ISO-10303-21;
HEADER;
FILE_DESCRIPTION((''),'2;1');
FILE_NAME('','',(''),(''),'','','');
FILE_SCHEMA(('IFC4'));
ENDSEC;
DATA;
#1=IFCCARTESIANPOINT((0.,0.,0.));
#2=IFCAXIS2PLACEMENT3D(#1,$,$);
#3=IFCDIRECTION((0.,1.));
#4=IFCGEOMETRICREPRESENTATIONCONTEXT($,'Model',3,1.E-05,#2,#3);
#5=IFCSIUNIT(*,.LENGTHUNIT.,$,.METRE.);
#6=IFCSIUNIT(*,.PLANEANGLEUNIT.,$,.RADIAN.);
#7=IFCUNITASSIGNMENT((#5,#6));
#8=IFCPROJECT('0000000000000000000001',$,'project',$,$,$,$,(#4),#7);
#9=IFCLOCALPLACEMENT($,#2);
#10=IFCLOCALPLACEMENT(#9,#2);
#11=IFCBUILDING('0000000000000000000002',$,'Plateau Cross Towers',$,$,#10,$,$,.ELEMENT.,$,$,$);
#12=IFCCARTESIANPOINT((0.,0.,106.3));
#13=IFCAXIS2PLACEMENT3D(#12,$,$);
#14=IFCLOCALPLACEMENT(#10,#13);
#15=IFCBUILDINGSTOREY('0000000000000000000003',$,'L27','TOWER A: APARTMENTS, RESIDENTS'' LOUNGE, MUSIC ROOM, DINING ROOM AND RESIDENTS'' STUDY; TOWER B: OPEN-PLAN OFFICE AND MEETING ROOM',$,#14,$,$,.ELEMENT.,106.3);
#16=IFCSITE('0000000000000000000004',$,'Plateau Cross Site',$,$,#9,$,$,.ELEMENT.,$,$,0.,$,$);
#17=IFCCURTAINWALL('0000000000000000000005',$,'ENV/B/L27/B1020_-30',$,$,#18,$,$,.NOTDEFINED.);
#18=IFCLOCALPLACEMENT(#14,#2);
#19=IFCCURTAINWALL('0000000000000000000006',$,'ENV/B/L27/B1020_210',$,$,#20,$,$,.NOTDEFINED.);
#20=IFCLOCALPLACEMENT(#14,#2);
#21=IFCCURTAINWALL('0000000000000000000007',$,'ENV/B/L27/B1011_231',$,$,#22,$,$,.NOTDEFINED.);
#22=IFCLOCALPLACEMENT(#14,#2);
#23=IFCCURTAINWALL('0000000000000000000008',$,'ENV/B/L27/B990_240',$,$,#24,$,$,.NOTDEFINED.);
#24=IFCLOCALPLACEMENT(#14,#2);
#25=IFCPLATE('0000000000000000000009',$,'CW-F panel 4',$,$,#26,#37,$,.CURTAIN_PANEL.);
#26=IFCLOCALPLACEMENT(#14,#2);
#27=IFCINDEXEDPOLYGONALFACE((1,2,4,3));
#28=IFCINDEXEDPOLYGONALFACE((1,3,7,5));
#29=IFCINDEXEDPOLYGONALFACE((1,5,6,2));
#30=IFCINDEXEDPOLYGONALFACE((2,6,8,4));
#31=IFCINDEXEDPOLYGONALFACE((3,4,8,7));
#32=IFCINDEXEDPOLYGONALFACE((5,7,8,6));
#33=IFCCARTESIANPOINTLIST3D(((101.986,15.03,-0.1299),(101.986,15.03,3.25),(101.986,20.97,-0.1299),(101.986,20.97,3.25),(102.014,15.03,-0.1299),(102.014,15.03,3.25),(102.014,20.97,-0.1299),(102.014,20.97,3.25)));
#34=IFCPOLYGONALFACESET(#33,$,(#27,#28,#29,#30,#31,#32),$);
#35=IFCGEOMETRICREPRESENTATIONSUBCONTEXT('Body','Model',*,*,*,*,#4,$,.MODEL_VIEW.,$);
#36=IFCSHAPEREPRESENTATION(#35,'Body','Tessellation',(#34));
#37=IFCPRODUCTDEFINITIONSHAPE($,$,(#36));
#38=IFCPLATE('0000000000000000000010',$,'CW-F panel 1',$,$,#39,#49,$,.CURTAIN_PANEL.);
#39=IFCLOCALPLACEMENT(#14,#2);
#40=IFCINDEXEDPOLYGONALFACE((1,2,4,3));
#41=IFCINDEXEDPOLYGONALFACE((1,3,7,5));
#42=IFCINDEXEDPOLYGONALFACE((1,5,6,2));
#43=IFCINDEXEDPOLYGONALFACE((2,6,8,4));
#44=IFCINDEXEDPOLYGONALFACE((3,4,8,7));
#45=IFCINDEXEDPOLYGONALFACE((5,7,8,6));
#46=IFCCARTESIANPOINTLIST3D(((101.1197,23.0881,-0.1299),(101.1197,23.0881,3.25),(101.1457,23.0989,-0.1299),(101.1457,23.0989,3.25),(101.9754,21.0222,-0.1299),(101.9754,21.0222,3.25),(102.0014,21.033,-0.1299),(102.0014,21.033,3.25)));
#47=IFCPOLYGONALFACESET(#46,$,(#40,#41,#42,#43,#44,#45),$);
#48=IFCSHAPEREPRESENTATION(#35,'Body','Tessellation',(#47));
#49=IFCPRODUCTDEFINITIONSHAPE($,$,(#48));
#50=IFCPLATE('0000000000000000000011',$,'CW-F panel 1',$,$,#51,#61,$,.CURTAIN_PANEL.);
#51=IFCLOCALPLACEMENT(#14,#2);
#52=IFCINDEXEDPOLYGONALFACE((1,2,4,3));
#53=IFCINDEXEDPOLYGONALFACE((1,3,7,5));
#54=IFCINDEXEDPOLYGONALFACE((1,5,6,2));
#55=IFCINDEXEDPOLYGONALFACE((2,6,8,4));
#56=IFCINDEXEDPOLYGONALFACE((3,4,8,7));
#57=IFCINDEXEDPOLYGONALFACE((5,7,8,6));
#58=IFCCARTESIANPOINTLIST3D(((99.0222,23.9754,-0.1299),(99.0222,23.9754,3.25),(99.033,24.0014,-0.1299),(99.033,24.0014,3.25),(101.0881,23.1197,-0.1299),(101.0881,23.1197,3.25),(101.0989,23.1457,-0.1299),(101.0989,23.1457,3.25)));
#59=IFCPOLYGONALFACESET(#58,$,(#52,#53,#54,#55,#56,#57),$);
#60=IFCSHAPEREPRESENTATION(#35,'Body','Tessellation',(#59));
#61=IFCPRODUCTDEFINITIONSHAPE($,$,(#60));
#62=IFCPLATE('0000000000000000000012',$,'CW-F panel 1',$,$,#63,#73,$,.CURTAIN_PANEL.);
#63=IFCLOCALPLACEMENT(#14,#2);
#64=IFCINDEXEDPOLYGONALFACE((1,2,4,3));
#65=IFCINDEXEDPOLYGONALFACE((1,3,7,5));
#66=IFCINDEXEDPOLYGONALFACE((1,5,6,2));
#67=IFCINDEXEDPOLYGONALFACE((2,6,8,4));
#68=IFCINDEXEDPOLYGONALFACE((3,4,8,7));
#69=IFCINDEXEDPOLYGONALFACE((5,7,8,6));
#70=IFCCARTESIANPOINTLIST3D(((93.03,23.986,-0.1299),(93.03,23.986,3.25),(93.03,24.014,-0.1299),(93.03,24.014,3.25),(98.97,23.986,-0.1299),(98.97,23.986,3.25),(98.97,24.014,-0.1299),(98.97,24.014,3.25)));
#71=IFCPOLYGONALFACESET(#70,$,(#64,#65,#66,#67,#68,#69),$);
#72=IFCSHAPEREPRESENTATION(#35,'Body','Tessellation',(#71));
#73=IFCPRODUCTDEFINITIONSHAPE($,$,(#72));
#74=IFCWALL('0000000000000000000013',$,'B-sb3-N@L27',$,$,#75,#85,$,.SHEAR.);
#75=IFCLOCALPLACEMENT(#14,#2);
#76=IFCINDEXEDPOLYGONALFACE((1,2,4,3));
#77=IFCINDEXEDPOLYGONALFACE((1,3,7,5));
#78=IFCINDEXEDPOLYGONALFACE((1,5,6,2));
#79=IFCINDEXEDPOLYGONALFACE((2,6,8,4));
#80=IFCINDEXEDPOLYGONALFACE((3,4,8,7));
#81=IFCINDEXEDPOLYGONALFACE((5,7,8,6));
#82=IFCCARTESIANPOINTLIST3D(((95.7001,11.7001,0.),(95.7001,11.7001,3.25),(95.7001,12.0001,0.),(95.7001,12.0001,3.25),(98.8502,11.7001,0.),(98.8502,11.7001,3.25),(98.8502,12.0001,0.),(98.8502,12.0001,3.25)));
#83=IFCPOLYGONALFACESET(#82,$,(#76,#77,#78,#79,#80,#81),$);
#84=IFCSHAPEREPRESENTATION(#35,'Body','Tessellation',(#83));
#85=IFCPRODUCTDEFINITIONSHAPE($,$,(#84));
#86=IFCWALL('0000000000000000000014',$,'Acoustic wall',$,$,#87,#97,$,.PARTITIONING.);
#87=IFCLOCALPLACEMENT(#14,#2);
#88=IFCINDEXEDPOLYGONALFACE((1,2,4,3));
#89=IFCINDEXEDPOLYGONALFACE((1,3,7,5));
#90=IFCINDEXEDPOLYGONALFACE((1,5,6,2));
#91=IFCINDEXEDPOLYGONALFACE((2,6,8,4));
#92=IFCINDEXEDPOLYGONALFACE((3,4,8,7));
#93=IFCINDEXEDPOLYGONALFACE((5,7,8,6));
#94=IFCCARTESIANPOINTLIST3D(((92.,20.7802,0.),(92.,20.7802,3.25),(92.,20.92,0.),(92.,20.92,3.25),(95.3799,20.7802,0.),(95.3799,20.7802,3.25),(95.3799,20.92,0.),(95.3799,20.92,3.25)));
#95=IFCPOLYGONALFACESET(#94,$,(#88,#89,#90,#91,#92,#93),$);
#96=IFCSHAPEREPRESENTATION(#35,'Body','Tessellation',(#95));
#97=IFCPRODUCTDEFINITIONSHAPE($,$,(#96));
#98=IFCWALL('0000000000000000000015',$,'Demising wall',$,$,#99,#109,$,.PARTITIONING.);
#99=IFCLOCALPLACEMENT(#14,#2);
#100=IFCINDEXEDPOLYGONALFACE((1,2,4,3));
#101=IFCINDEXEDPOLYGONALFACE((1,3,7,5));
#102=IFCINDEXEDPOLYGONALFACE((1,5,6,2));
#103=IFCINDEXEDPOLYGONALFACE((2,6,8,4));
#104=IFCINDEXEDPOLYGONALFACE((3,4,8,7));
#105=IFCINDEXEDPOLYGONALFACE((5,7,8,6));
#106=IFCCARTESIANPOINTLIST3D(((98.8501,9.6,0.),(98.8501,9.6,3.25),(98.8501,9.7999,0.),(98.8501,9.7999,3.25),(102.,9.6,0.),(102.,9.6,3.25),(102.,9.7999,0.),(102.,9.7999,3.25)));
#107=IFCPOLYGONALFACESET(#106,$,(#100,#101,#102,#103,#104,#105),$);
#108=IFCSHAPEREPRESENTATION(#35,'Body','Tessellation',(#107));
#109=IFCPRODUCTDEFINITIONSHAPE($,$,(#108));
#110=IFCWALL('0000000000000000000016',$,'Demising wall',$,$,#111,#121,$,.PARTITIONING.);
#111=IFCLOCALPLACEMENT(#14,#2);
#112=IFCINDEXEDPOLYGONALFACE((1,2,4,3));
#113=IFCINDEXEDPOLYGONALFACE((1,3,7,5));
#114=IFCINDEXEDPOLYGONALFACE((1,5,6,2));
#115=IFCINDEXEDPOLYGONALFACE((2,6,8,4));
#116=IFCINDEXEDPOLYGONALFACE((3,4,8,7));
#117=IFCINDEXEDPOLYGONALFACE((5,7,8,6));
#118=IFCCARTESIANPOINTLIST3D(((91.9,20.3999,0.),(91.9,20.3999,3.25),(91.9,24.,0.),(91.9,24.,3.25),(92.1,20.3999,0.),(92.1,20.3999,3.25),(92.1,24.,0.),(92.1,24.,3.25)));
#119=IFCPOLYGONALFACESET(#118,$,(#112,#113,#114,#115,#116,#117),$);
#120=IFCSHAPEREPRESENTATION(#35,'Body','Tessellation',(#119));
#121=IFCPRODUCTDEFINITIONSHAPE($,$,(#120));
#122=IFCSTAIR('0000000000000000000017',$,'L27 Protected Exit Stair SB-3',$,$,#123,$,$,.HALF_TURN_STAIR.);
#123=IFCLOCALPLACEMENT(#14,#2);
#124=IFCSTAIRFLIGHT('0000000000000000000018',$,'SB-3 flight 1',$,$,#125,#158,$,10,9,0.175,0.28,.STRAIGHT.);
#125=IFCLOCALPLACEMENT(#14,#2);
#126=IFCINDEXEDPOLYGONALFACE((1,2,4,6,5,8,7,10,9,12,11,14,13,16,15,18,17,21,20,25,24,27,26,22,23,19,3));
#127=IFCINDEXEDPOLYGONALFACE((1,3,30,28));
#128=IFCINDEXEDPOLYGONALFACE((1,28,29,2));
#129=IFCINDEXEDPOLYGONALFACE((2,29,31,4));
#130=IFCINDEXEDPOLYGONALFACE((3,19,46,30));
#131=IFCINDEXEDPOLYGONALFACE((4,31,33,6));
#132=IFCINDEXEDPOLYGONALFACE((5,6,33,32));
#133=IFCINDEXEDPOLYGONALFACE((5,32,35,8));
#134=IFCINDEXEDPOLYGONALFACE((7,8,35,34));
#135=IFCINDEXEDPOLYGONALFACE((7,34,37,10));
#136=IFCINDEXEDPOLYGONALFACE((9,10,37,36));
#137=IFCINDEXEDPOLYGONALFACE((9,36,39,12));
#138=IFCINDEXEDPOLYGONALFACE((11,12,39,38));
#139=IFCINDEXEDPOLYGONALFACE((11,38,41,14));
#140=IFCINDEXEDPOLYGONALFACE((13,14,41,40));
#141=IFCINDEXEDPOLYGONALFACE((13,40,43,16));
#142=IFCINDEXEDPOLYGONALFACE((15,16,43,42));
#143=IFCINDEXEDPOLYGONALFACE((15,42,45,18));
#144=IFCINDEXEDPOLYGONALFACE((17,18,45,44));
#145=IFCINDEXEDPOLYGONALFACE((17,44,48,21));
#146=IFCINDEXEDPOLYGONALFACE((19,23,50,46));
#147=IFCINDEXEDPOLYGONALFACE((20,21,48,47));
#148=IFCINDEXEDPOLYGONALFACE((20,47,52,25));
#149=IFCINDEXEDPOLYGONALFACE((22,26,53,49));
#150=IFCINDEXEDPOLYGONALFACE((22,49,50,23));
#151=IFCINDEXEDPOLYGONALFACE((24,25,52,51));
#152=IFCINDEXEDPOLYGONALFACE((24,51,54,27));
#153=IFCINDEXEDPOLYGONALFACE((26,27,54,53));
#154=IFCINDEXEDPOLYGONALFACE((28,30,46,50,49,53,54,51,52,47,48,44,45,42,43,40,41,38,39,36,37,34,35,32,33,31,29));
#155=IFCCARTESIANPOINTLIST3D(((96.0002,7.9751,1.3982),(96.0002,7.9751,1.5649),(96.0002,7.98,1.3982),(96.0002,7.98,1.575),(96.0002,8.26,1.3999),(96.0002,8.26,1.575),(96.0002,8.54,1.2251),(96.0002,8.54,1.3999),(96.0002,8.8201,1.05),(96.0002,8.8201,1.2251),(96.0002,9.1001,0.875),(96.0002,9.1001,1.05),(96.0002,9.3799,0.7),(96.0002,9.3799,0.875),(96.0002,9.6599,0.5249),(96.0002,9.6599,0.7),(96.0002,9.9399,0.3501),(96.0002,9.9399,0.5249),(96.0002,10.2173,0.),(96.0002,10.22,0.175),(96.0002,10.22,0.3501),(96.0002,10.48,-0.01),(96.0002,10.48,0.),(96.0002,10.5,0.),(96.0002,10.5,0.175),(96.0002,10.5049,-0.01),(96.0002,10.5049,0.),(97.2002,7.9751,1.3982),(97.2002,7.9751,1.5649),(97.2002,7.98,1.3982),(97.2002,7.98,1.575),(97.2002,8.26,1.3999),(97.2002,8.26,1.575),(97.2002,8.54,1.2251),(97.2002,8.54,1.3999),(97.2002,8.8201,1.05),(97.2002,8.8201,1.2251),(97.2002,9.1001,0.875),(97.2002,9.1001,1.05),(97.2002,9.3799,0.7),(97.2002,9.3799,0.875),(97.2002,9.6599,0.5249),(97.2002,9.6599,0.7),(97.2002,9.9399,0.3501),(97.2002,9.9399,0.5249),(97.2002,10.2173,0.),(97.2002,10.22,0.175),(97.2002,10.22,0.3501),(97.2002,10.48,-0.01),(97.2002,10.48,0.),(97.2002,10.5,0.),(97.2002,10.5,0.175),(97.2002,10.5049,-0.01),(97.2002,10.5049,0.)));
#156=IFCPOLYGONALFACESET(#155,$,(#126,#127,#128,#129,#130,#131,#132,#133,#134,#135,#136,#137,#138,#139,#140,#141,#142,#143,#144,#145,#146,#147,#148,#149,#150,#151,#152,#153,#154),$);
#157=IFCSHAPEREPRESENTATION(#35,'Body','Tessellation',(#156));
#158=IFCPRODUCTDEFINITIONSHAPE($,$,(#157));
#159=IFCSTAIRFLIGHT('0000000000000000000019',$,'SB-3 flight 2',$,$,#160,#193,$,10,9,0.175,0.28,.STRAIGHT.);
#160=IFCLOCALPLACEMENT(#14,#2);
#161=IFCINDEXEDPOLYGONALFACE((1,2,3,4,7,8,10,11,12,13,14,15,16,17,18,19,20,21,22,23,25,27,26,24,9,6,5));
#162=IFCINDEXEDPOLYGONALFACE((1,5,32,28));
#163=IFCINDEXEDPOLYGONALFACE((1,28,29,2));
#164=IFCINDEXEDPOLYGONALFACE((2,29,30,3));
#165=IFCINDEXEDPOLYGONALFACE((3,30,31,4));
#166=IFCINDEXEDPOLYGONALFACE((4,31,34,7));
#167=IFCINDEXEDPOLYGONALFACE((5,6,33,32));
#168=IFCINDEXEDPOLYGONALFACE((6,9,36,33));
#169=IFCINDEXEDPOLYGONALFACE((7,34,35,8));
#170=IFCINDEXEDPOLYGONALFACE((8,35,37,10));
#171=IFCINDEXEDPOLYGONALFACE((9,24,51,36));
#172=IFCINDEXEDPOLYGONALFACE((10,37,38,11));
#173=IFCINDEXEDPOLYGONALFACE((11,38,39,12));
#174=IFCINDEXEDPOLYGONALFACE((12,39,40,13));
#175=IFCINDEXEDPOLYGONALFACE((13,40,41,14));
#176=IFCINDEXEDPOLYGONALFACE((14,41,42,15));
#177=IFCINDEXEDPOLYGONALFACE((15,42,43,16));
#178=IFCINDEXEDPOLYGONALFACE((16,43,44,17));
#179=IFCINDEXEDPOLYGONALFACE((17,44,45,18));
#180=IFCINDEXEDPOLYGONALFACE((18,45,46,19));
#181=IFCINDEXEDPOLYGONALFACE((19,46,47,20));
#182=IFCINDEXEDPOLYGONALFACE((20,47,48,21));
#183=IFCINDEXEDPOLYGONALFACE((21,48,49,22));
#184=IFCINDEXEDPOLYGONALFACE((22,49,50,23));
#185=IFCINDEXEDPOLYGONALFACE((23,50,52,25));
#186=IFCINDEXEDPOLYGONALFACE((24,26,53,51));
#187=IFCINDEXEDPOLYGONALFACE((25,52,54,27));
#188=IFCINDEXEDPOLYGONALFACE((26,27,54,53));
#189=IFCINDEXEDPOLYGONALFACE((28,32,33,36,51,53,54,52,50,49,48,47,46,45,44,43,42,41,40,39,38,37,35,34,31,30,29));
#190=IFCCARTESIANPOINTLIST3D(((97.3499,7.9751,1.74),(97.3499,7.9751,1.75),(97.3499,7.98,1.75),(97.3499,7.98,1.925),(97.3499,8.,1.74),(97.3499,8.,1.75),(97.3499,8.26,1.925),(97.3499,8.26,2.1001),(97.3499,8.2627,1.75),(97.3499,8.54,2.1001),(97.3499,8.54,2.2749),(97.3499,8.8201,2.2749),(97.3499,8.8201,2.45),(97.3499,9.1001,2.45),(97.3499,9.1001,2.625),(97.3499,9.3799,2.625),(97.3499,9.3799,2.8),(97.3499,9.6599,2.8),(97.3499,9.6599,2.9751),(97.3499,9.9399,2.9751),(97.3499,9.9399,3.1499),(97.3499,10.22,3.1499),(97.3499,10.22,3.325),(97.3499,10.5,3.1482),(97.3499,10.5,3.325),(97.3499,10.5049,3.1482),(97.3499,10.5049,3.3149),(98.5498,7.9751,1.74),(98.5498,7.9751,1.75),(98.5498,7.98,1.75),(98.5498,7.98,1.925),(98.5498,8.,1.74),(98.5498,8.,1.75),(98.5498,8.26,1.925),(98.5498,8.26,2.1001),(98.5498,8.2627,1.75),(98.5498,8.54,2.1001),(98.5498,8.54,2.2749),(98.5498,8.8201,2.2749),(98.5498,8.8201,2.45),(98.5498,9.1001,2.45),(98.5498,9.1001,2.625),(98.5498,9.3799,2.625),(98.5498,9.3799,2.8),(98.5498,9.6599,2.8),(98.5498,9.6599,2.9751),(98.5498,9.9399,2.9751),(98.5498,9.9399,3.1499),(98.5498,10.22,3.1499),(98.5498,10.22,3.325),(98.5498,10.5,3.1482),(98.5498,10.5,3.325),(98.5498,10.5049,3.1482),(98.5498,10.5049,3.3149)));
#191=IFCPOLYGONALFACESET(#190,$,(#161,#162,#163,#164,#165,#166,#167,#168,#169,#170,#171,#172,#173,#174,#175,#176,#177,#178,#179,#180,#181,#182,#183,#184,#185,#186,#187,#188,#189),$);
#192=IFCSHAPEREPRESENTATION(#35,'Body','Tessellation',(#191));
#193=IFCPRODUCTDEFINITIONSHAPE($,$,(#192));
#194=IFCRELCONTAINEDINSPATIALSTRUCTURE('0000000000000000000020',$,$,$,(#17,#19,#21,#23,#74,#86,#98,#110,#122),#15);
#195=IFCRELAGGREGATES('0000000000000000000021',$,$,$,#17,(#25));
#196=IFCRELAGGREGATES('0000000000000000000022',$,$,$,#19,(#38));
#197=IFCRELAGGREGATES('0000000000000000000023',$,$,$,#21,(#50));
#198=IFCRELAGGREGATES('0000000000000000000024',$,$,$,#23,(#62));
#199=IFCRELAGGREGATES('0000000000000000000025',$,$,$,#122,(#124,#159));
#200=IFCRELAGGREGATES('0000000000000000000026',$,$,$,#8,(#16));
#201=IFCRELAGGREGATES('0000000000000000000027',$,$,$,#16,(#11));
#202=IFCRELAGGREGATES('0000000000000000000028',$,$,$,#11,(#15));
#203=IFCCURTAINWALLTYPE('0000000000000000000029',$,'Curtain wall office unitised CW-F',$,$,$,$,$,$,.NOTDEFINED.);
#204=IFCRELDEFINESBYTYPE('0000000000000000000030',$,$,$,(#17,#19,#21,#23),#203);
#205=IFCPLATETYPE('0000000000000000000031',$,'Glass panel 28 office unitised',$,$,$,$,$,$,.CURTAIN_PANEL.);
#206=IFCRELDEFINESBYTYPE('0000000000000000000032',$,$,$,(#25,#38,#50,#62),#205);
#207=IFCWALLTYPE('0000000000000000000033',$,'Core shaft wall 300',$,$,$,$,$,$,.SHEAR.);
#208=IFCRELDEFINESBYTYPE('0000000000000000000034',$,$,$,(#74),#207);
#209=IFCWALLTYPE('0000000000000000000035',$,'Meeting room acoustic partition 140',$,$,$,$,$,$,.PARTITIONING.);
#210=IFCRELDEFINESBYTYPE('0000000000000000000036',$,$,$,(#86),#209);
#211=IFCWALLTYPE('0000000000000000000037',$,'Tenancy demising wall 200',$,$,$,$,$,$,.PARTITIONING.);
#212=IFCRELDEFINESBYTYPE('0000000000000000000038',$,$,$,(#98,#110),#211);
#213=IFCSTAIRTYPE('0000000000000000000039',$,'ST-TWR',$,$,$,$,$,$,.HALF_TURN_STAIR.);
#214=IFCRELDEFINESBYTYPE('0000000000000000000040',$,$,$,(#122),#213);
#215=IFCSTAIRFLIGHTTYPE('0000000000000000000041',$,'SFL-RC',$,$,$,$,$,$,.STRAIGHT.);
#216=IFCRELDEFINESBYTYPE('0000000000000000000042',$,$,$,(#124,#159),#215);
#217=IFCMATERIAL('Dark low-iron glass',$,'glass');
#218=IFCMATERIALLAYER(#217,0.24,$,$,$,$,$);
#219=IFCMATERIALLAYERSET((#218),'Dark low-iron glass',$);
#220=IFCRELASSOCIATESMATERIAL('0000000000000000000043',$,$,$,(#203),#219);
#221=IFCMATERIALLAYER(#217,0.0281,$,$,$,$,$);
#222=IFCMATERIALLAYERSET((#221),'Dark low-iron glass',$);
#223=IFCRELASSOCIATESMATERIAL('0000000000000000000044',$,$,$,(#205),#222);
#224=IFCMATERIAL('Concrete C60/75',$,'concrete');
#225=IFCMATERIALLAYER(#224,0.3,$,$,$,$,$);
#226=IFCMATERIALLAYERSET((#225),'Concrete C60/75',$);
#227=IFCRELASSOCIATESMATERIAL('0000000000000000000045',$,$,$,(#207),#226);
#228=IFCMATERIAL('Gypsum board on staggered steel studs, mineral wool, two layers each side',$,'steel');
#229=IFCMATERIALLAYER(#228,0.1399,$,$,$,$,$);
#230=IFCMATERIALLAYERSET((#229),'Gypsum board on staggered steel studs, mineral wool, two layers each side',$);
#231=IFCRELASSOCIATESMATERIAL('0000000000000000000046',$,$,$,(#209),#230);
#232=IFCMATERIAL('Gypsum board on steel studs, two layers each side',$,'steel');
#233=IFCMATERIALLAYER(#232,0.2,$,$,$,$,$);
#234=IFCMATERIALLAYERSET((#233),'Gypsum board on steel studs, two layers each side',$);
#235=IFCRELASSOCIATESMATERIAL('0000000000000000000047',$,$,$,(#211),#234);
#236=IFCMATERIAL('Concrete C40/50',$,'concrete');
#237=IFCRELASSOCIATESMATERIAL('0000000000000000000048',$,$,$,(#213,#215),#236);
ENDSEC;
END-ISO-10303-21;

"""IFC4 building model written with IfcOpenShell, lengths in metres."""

from ifc_helpers import new_model, si_unit, direction, frame, frame_2d, origin, origin_2d, place, context, subcontext, project, spatial, polyline, rectangle, outline, extrude, material, layer, layer_set, type_object, element, aggregate, save


model = new_model("IFC4")

# Units and contexts
model_context = context("Model", 3, precision=1e-05, world=origin(), true_north=direction((0.0, 1.0)))
body_context = subcontext(model_context, "Body", "Model", "MODEL_VIEW")
ifc_project = project(units=[si_unit("LENGTHUNIT", "METRE"), si_unit("PLANEANGLEUNIT", "RADIAN")], contexts=[model_context])

# Site, building, storey
site_placement = place(None, origin())
site = spatial("IfcSite", under=ifc_project, at=site_placement, Name="Plateau Cross Site", CompositionType="ELEMENT", RefElevation=0.0)
building_placement = place(site_placement, origin())
building = spatial("IfcBuilding", under=site, at=building_placement, Name="Plateau Cross Towers", CompositionType="ELEMENT")
storey_placement = place(building_placement, frame((0.0, 0.0, 106.3)))
storey = spatial("IfcBuildingStorey", under=building, at=storey_placement, Name="L27", Description="TOWER A: APARTMENTS, RESIDENTS' LOUNGE, MUSIC ROOM, DINING ROOM AND RESIDENTS' STUDY; TOWER B: OPEN-PLAN OFFICE AND MEETING ROOM", CompositionType="ELEMENT", Elevation=106.3)

# Shared definitions
ifc_material_1 = material(Name="Concrete C60/75", Category="concrete")

# Curtain wall
ifc_material_2 = material(Name="Dark low-iron glass", Category="glass")
ifc_layer_1 = layer(ifc_material_2, 0.24)
ifc_layer_set_1 = layer_set([ifc_layer_1], Name="Dark low-iron glass")
curtain_wall_type = type_object("IfcCurtainWallType", Name="Curtain wall office unitised CW-F", PredefinedType="NOTDEFINED", material=ifc_layer_set_1)
curtain_wall_1_placement = place(storey_placement, origin())
curtain_wall_1 = element("IfcCurtainWall", 1, at=curtain_wall_1_placement, inside=storey, type_object=curtain_wall_type, Name="ENV/B/L27/B1020_-30", PredefinedType="NOTDEFINED")

# Curtain walls
curtain_wall_2_placement = place(storey_placement, origin())
curtain_wall_2 = element("IfcCurtainWall", 2, at=curtain_wall_2_placement, inside=storey, type_object=curtain_wall_type, Name="ENV/B/L27/B1020_210", PredefinedType="NOTDEFINED")
curtain_wall_3_placement = place(storey_placement, origin())
curtain_wall_3 = element("IfcCurtainWall", 3, at=curtain_wall_3_placement, inside=storey, type_object=curtain_wall_type, Name="ENV/B/L27/B1011_231", PredefinedType="NOTDEFINED")

# Curtain wall
curtain_wall_4_placement = place(storey_placement, origin())
curtain_wall_4 = element("IfcCurtainWall", 4, at=curtain_wall_4_placement, inside=storey, type_object=curtain_wall_type, Name="ENV/B/L27/B990_240", PredefinedType="NOTDEFINED")

# Plates
ifc_layer_2 = layer(ifc_material_2, 0.0281)
ifc_layer_set_2 = layer_set([ifc_layer_2], Name="Dark low-iron glass")
plate_type = type_object("IfcPlateType", Name="Glass panel 28 office unitised", PredefinedType="CURTAIN_PANEL", material=ifc_layer_set_2)
plate_1_placement = place(storey_placement, frame((102.0, 18.0, -0.1299), z_axis=(0.0, 0.0, 1.0), x_axis=(0.0, 1.0, 0.0)))
plate_1 = element("IfcPlate", 5, at=plate_1_placement, type_object=plate_type, Name="CW-F panel 4", PredefinedType="CURTAIN_PANEL", context=body_context, shape_type="SweptSolid", body=[
    extrude(rectangle(XDim=5.9399, YDim=0.0281, at=origin_2d()), origin(), (0.0, 0.0, 1.0), 3.3799),
])
aggregate(curtain_wall_1, [plate_1])
plate_2_placement = place(storey_placement, frame((101.5605, 22.0605, -0.1299), z_axis=(0.0, 0.0, 1.0), x_axis=(-0.382684, 0.923879, 0.0)))
plate_2 = element("IfcPlate", 6, at=plate_2_placement, type_object=plate_type, Name="CW-F panel 1", PredefinedType="CURTAIN_PANEL", context=body_context, shape_type="SweptSolid", body=[
    extrude(rectangle(XDim=2.2361, YDim=0.0281, at=origin_2d()), origin(), (0.0, 0.0, 1.0), 3.3799),
])
aggregate(curtain_wall_2, [plate_2])
plate_3_placement = place(storey_placement, frame((100.0605, 23.5605, -0.1299), z_axis=(0.0, 0.0, 1.0), x_axis=(-0.923879, 0.382684, 0.0)))
plate_3 = element("IfcPlate", 7, at=plate_3_placement, type_object=plate_type, Name="CW-F panel 1", PredefinedType="CURTAIN_PANEL", context=body_context, shape_type="SweptSolid", body=[
    extrude(rectangle(XDim=2.2361, YDim=0.0281, at=origin_2d()), origin(), (0.0, 0.0, 1.0), 3.3799),
])
aggregate(curtain_wall_3, [plate_3])
plate_4_placement = place(storey_placement, frame((96.0, 24.0, -0.1299), z_axis=(0.0, 0.0, 1.0), x_axis=(-1.0, 0.0, 0.0)))
plate_4 = element("IfcPlate", 8, at=plate_4_placement, type_object=plate_type, Name="CW-F panel 1", PredefinedType="CURTAIN_PANEL", context=body_context, shape_type="SweptSolid", body=[
    extrude(rectangle(XDim=5.9399, YDim=0.0281, at=origin_2d()), origin(), (0.0, 0.0, 1.0), 3.3799),
])
aggregate(curtain_wall_4, [plate_4])

# Wall
ifc_layer_3 = layer(ifc_material_1, 0.3)
ifc_layer_set_3 = layer_set([ifc_layer_3], Name="Concrete C60/75")
wall_type_1 = type_object("IfcWallType", Name="Core shaft wall 300", PredefinedType="SHEAR", material=ifc_layer_set_3)
wall_1_placement = place(storey_placement, frame((95.7, 11.8501, 0.0), z_axis=(0.0, 0.0, 1.0), x_axis=(1.0, 0.0, 0.0)))
element("IfcWall", 9, at=wall_1_placement, inside=storey, type_object=wall_type_1, Name="B-sb3-N@L27", PredefinedType="SHEAR", context=body_context, shape_type="SweptSolid", body=[
    extrude(rectangle(XDim=3.1501, YDim=0.3, at=frame_2d((1.5752, 0.0))), origin(), (0.0, 0.0, 1.0), 3.25),
])

# Shared definitions
ifc_material_3 = material(Name="Gypsum board on staggered steel studs, mineral wool, two layers each side", Category="steel")
ifc_layer_4 = layer(ifc_material_3, 0.1399)
ifc_layer_set_4 = layer_set([ifc_layer_4], Name="Gypsum board on staggered steel studs, mineral wool, two layers each side")
wall_type_2 = type_object("IfcWallType", Name="Meeting room acoustic partition 140", PredefinedType="PARTITIONING", material=ifc_layer_set_4)

# Wall
wall_2_placement = place(storey_placement, frame((92.0, 20.8501, 0.0), z_axis=(0.0, 0.0, 1.0), x_axis=(1.0, 0.0, 0.0)))
element("IfcWall", 10, at=wall_2_placement, inside=storey, type_object=wall_type_2, Name="Acoustic wall", PredefinedType="PARTITIONING", context=body_context, shape_type="SweptSolid", body=[
    extrude(rectangle(XDim=3.3799, YDim=0.1399, at=frame_2d((1.6899, 0.0))), origin(), (0.0, 0.0, 1.0), 3.25),
])

# Walls
ifc_material_4 = material(Name="Gypsum board on steel studs, two layers each side", Category="steel")
ifc_layer_5 = layer(ifc_material_4, 0.2)
ifc_layer_set_5 = layer_set([ifc_layer_5], Name="Gypsum board on steel studs, two layers each side")
wall_type_3 = type_object("IfcWallType", Name="Tenancy demising wall 200", PredefinedType="PARTITIONING", material=ifc_layer_set_5)
wall_3_placement = place(storey_placement, frame((98.8501, 9.7, 0.0), z_axis=(0.0, 0.0, 1.0), x_axis=(1.0, 0.0, 0.0)))
element("IfcWall", 11, at=wall_3_placement, inside=storey, type_object=wall_type_3, Name="Demising wall", PredefinedType="PARTITIONING", context=body_context, shape_type="SweptSolid", body=[
    extrude(rectangle(XDim=3.1499, YDim=0.2, at=frame_2d((1.575, 0.0))), origin(), (0.0, 0.0, 1.0), 3.25),
])
wall_4_placement = place(storey_placement, frame((92.0, 20.3999, 0.0), z_axis=(0.0, 0.0, 1.0), x_axis=(0.0, 1.0, 0.0)))
element("IfcWall", 12, at=wall_4_placement, inside=storey, type_object=wall_type_3, Name="Demising wall", PredefinedType="PARTITIONING", context=body_context, shape_type="SweptSolid", body=[
    extrude(rectangle(XDim=3.6001, YDim=0.2, at=frame_2d((1.8, 0.0))), origin(), (0.0, 0.0, 1.0), 3.25),
])

# Stair, stair flights
ifc_material_5 = material(Name="Concrete C40/50", Category="concrete")
stair_type = type_object("IfcStairType", Name="ST-TWR", PredefinedType="HALF_TURN_STAIR", material=ifc_material_5)
stair_placement = place(storey_placement, origin())
stair = element("IfcStair", 13, at=stair_placement, inside=storey, type_object=stair_type, Name="L27 Protected Exit Stair SB-3", PredefinedType="HALF_TURN_STAIR")
stair_flight_type = type_object("IfcStairFlightType", Name="SFL-RC", PredefinedType="STRAIGHT", material=ifc_material_5)
stair_flight_1_placement = place(storey_placement, frame((96.6001, 10.5, 0.0), z_axis=(0.0, 0.0, 1.0), x_axis=(0.0, -1.0, 0.0)))
stair_flight_1 = element("IfcStairFlight", 14, at=stair_flight_1_placement, type_object=stair_flight_type, Name="SB-3 flight 1", NumberOfRisers=10, NumberOfTreads=9, PredefinedType="STRAIGHT", RiserHeight=0.175, TreadLength=0.28, context=body_context, shape_type="SweptSolid", body=[
    extrude(outline(polyline([(-0.0049, -0.01), (-0.0049, 0.0), (0.0, 0.0), (0.0, 0.175), (0.28, 0.175), (0.28, 0.3501), (0.5601, 0.3501), (0.5601, 0.5249), (0.8401, 0.5249), (0.8401, 0.7), (1.1201, 0.7), (1.1201, 0.875), (1.3999, 0.875), (1.3999, 1.05), (1.6799, 1.05), (1.6799, 1.2251), (1.96, 1.2251), (1.96, 1.3999), (2.24, 1.3999), (2.24, 1.575), (2.52, 1.575), (2.5249, 1.5649), (2.5249, 1.3982), (2.52, 1.3982), (0.2827, 0.0), (0.02, 0.0), (0.02, -0.01), (-0.0049, -0.01)])), frame((0.0, 0.6001, 0.0), z_axis=(0.0, -1.0, 0.0), x_axis=(1.0, 0.0, 0.0)), (0.0, 0.0, 1.0), 1.2),
])
stair_flight_2_placement = place(storey_placement, frame((97.95, 7.98, 1.75), z_axis=(0.0, 0.0, 1.0), x_axis=(0.0, 1.0, 0.0)))
stair_flight_2 = element("IfcStairFlight", 15, at=stair_flight_2_placement, type_object=stair_flight_type, Name="SB-3 flight 2", NumberOfRisers=10, NumberOfTreads=9, PredefinedType="STRAIGHT", RiserHeight=0.175, TreadLength=0.28, context=body_context, shape_type="SweptSolid", body=[
    extrude(outline(polyline([(-0.0049, -0.01), (-0.0049, 0.0), (0.0, 0.0), (0.0, 0.175), (0.28, 0.175), (0.28, 0.3501), (0.5601, 0.3501), (0.5601, 0.5249), (0.8401, 0.5249), (0.8401, 0.7), (1.1201, 0.7), (1.1201, 0.875), (1.3999, 0.875), (1.3999, 1.05), (1.6799, 1.05), (1.6799, 1.2251), (1.96, 1.2251), (1.96, 1.3999), (2.24, 1.3999), (2.24, 1.575), (2.52, 1.575), (2.5249, 1.5649), (2.5249, 1.3982), (2.52, 1.3982), (0.2827, 0.0), (0.02, 0.0), (0.02, -0.01), (-0.0049, -0.01)])), frame((0.0, 0.6001, 0.0), z_axis=(0.0, -1.0, 0.0), x_axis=(1.0, 0.0, 0.0)), (0.0, 0.0, 1.0), 1.2),
])
aggregate(stair, [stair_flight_1, stair_flight_2])

save(model, "model.ifc")
